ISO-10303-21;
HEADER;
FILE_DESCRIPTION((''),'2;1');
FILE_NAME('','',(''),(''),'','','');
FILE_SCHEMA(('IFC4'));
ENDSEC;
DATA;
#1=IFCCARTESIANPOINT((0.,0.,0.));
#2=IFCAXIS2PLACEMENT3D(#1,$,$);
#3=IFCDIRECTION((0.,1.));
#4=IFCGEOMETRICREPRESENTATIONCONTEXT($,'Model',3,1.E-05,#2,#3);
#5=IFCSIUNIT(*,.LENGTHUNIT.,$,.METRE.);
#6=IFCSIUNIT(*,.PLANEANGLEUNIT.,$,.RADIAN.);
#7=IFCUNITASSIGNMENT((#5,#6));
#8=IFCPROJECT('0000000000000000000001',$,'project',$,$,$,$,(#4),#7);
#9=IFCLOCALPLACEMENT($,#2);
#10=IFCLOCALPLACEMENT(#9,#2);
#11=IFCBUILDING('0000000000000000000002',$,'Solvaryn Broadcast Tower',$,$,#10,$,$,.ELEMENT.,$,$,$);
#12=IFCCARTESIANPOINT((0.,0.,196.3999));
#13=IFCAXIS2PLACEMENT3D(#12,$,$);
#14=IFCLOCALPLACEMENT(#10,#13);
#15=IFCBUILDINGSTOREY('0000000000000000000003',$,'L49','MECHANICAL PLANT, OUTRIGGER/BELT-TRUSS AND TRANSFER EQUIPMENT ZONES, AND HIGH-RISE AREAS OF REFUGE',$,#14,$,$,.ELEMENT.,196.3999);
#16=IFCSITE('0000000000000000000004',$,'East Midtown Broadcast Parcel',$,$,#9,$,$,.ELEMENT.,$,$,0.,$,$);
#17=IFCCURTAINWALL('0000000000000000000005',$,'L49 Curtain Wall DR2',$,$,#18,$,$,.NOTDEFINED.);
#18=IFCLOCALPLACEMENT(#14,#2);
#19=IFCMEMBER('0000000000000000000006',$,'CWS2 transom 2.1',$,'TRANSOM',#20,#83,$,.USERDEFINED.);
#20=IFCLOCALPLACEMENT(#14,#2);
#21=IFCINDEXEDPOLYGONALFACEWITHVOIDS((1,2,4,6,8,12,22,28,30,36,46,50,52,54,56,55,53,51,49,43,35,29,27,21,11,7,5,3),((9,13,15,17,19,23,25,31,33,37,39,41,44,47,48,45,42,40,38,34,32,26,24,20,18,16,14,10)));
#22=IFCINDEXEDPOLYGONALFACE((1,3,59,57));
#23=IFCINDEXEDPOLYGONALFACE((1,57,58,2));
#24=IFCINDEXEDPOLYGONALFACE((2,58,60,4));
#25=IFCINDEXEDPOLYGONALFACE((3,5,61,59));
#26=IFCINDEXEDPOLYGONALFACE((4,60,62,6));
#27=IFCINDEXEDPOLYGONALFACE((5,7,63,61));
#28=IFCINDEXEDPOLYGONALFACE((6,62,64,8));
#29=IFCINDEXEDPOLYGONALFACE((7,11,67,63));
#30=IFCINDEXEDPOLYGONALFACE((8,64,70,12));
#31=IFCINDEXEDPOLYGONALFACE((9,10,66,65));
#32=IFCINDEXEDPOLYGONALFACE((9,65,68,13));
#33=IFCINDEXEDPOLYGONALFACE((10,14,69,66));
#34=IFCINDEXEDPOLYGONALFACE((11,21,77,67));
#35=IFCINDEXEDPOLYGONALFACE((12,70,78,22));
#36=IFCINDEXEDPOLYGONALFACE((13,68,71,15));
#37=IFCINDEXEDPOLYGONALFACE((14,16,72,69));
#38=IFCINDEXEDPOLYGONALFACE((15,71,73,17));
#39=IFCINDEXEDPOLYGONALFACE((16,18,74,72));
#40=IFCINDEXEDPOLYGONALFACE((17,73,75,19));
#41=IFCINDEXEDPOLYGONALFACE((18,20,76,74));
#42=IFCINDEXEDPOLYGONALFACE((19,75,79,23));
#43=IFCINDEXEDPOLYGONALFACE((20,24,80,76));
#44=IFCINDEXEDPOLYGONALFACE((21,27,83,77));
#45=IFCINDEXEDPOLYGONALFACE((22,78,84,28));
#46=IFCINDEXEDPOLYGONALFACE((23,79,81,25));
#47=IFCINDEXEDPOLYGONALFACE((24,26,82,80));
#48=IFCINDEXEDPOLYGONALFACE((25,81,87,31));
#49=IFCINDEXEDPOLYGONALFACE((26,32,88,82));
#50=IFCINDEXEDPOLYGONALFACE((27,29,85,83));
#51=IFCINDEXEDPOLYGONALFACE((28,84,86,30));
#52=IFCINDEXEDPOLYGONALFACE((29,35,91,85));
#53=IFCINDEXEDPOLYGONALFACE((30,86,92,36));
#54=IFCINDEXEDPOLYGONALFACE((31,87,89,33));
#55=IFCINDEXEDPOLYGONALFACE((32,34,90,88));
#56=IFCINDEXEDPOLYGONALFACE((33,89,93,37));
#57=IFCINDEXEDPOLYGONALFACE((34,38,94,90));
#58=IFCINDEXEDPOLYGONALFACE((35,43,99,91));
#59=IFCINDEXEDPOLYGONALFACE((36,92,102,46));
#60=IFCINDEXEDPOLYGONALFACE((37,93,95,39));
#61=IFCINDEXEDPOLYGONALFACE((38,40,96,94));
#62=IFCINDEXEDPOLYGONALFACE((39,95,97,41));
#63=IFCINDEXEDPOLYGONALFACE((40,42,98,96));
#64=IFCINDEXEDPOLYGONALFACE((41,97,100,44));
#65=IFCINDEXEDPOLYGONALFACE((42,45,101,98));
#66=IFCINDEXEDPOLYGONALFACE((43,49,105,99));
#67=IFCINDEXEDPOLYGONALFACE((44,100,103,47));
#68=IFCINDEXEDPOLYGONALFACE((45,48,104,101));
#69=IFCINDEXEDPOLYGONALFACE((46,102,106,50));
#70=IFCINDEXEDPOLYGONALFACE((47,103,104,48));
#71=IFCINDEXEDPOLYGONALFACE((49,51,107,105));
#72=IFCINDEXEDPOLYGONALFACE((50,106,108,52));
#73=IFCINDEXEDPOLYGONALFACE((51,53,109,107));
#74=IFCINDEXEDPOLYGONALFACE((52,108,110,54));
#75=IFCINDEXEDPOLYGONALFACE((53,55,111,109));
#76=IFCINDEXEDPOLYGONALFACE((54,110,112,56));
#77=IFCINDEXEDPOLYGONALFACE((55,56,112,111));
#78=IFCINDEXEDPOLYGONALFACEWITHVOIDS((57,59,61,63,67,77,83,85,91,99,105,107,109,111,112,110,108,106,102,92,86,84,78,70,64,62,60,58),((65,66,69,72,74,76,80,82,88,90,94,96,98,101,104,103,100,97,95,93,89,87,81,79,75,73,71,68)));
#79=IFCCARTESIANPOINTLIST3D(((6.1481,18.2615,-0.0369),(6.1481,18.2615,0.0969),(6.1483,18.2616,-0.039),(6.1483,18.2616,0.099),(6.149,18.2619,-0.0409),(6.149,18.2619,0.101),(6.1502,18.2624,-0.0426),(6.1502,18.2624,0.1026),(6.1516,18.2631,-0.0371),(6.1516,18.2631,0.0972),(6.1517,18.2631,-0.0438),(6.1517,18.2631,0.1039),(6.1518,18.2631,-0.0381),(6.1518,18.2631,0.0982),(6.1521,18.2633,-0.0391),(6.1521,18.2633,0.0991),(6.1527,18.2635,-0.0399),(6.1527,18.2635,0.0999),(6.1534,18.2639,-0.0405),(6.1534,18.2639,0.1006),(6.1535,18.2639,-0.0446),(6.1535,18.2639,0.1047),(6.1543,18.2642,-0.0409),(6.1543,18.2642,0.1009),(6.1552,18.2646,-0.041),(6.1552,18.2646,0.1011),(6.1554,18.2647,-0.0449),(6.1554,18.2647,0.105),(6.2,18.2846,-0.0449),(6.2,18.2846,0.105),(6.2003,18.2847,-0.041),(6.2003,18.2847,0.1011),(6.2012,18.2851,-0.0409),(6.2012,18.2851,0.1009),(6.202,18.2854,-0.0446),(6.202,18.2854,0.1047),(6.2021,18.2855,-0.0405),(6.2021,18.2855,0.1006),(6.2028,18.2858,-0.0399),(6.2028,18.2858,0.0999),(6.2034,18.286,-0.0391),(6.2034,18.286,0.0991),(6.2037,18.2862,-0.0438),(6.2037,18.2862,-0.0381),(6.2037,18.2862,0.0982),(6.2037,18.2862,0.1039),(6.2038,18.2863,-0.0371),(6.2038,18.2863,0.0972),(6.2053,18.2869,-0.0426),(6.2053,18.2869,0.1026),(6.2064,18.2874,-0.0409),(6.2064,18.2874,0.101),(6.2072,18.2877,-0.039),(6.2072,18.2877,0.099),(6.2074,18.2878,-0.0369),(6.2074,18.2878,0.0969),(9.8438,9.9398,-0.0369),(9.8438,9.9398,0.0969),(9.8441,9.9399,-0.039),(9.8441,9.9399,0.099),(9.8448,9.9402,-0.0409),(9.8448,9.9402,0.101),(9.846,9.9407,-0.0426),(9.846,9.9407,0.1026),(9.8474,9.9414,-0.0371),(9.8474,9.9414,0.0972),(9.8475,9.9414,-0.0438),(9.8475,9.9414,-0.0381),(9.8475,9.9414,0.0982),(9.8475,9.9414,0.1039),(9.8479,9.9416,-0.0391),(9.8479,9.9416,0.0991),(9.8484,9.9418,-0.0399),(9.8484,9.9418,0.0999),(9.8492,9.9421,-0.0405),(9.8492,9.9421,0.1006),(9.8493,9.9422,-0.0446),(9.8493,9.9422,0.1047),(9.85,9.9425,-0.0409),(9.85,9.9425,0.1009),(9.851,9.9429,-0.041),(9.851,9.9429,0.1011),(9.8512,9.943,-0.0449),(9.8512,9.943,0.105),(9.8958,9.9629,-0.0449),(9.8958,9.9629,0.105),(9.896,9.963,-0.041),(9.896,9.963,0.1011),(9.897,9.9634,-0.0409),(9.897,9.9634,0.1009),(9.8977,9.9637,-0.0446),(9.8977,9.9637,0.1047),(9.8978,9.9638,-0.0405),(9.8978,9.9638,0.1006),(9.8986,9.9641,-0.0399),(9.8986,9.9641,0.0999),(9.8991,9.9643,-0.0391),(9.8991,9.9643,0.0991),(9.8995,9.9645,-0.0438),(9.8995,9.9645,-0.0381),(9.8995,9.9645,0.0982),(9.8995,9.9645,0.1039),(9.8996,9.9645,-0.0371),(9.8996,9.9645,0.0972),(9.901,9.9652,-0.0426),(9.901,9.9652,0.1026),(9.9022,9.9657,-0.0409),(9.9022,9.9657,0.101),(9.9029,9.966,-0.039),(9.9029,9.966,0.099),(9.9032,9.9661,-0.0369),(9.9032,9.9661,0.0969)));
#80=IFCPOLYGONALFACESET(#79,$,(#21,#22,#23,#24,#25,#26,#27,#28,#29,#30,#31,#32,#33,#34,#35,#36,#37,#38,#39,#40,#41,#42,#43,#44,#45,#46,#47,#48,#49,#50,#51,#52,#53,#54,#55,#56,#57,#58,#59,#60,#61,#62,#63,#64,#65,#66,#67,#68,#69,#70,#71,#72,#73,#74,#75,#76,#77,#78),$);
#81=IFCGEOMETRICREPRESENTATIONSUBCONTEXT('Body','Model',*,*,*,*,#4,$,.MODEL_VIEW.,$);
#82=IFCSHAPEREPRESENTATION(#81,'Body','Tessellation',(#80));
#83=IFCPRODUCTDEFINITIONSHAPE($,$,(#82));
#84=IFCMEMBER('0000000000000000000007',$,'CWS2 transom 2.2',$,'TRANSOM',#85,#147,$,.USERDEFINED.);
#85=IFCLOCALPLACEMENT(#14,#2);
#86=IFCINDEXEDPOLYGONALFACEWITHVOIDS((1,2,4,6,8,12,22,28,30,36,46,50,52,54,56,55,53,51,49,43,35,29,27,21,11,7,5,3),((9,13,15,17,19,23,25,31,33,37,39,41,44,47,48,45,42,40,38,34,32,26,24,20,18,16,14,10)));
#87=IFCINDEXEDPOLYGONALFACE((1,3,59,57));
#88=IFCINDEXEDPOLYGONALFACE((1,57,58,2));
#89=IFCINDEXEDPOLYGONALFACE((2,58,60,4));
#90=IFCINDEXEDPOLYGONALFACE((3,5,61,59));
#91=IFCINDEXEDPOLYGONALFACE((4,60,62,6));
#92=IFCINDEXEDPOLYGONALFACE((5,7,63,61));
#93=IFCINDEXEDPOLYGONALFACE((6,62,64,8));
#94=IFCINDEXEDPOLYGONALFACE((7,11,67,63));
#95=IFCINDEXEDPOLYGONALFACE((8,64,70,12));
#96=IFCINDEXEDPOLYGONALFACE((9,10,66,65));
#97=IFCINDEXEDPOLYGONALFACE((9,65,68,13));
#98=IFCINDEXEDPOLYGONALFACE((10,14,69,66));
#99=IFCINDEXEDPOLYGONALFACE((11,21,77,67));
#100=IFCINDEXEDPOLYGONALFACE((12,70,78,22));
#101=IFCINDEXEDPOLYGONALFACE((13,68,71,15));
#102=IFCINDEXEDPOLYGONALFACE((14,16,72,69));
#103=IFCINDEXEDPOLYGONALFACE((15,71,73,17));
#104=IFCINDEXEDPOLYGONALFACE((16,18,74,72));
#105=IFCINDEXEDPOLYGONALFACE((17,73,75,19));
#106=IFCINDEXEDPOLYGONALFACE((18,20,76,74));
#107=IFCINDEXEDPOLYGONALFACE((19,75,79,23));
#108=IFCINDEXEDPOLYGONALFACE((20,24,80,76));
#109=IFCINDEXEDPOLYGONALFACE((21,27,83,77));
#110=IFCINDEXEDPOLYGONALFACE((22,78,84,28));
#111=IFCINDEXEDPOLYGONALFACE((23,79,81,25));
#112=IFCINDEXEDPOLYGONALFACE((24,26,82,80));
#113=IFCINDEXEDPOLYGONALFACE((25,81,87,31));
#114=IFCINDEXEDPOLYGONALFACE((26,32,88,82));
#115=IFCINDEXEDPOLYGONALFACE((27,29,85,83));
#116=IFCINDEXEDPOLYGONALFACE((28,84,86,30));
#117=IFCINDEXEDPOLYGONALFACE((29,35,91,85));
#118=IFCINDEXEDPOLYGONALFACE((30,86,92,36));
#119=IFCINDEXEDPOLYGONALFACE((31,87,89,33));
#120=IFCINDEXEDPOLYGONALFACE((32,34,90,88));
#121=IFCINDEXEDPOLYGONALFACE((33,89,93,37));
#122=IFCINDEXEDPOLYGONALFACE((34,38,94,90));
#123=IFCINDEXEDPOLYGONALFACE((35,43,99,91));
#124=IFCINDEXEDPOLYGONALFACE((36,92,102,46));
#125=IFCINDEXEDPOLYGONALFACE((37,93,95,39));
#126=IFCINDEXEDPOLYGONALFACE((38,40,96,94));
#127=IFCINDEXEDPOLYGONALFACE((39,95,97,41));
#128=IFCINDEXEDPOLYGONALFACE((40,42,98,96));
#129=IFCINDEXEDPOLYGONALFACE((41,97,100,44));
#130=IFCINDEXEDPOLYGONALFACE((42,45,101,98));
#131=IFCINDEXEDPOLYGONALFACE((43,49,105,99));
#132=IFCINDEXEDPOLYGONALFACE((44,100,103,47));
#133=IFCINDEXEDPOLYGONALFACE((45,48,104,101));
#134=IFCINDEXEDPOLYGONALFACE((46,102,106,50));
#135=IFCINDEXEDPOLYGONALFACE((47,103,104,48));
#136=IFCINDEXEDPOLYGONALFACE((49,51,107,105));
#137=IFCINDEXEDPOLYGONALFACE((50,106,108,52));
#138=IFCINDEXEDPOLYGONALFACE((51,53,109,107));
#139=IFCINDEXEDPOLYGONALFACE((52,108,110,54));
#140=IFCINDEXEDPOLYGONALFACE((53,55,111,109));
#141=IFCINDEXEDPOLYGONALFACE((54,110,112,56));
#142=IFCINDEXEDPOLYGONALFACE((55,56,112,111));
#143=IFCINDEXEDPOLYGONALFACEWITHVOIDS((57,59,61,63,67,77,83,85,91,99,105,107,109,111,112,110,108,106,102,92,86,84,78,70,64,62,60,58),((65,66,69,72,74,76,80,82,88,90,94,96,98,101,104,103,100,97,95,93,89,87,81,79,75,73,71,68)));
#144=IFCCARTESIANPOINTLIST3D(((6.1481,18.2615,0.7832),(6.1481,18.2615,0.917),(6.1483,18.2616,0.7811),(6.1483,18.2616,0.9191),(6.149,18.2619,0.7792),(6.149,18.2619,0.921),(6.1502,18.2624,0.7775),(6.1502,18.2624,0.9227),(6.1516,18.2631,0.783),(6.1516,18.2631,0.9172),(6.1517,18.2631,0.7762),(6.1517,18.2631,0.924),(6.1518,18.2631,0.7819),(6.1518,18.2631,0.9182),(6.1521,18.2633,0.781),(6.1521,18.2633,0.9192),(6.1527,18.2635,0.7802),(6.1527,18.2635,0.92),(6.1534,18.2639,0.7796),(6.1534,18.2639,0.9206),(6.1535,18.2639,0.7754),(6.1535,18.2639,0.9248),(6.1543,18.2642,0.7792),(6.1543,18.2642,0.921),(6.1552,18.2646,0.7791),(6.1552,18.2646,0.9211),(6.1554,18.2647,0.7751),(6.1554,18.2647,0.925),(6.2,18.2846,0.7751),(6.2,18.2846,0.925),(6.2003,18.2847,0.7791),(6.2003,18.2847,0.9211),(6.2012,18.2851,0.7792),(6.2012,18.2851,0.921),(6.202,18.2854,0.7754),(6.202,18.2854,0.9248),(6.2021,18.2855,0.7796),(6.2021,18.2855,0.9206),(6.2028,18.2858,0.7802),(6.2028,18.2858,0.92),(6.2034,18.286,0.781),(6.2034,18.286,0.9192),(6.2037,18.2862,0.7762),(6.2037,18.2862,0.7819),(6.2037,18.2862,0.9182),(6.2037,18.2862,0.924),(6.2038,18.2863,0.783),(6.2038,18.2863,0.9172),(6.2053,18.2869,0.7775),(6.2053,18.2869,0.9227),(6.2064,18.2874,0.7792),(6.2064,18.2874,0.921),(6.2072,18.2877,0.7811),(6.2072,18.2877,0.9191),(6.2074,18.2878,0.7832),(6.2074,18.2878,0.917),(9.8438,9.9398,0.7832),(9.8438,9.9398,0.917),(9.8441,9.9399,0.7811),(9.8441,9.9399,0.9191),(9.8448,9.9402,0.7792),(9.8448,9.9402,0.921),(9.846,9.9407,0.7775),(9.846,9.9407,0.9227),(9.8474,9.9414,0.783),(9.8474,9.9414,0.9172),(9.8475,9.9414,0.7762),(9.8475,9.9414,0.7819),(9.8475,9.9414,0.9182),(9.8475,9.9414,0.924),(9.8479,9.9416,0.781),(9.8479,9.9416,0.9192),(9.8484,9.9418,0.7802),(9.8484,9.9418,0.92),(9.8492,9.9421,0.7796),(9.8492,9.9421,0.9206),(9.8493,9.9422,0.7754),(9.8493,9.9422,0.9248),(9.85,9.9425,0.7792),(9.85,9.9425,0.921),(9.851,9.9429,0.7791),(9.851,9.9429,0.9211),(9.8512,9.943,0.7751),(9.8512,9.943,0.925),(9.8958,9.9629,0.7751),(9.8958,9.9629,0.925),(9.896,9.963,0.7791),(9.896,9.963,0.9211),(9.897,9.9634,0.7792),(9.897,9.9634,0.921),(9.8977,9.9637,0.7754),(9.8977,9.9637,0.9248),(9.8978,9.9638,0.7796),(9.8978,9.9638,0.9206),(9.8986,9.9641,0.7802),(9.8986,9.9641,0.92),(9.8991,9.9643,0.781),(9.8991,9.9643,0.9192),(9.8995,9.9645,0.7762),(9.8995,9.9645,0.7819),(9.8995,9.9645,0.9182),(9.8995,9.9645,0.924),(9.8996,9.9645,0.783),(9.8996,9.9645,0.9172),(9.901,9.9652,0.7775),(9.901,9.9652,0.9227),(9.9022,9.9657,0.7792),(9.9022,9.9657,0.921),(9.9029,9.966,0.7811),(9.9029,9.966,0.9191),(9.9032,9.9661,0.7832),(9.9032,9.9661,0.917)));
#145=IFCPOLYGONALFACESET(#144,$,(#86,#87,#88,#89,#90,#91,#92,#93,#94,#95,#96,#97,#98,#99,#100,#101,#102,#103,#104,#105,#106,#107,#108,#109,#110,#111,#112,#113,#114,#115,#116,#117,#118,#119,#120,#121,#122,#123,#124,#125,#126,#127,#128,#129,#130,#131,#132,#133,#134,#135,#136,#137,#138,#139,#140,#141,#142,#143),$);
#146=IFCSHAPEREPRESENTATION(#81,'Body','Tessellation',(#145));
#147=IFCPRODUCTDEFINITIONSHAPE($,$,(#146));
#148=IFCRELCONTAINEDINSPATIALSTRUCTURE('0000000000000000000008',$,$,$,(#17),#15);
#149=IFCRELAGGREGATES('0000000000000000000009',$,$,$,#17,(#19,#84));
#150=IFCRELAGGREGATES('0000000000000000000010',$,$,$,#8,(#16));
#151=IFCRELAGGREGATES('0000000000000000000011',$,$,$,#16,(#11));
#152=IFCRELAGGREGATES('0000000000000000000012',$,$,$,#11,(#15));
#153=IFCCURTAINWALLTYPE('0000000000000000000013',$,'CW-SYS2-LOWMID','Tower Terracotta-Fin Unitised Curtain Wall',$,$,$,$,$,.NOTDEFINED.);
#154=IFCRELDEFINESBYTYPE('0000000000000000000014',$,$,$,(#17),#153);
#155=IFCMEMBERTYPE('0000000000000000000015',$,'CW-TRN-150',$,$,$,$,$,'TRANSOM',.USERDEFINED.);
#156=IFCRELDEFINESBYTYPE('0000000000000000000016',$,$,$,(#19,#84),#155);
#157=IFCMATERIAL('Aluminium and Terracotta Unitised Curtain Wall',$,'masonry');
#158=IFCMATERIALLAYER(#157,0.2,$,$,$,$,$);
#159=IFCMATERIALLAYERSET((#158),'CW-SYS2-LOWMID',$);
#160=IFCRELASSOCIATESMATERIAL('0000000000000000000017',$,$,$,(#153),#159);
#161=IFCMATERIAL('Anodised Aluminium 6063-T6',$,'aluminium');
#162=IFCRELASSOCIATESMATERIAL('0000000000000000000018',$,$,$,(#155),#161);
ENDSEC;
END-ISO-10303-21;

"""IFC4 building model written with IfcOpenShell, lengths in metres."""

from ifc_helpers import new_model, si_unit, direction, frame, origin, origin_2d, place, context, subcontext, project, spatial, hollow_rectangle, extrude, material, layer, layer_set, material_profile, profile_set, type_object, element, aggregate, save


model = new_model("IFC4")

# Units and contexts
model_context = context("Model", 3, precision=1e-05, world=origin(), true_north=direction((0.0, 1.0)))
body_context = subcontext(model_context, "Body", "Model", "MODEL_VIEW")
ifc_project = project(units=[si_unit("LENGTHUNIT", "METRE"), si_unit("PLANEANGLEUNIT", "RADIAN")], contexts=[model_context])

# Site, building, storey
site_placement = place(None, origin())
site = spatial("IfcSite", under=ifc_project, at=site_placement, Name="East Midtown Broadcast Parcel", CompositionType="ELEMENT", RefElevation=0.0)
building_placement = place(site_placement, origin())
building = spatial("IfcBuilding", under=site, at=building_placement, Name="Solvaryn Broadcast Tower", CompositionType="ELEMENT")
storey_placement = place(building_placement, frame((0.0, 0.0, 196.3999)))
storey = spatial("IfcBuildingStorey", under=building, at=storey_placement, Name="L49", Description="MECHANICAL PLANT, OUTRIGGER/BELT-TRUSS AND TRANSFER EQUIPMENT ZONES, AND HIGH-RISE AREAS OF REFUGE", CompositionType="ELEMENT", Elevation=196.3999)

# Shared definitions
ifc_material_1 = material(Name="Aluminium and Terracotta Unitised Curtain Wall", Category="masonry")
ifc_layer_1 = layer(ifc_material_1, 0.2)
ifc_layer_set_1 = layer_set([ifc_layer_1], Name="CW-SYS2-LOWMID")
curtain_wall_type = type_object("IfcCurtainWallType", Name="CW-SYS2-LOWMID", Description="Tower Terracotta-Fin Unitised Curtain Wall", PredefinedType="NOTDEFINED", material=ifc_layer_set_1)

# Curtain wall, members
curtain_wall_1_placement = place(storey_placement, origin())
curtain_wall_1 = element("IfcCurtainWall", 1, at=curtain_wall_1_placement, inside=storey, type_object=curtain_wall_type, Name="L49 Curtain Wall DR2", PredefinedType="NOTDEFINED")
ifc_material_2 = material(Name="Anodised Aluminium 6063-T6", Category="aluminium")
ifc_material_profile_1 = material_profile(ifc_material_2, hollow_rectangle(XDim=0.0649, YDim=0.1499, WallThickness=0.0039, InnerFilletRadius=0.0039, OuterFilletRadius=0.0081, at=origin_2d()))
ifc_profile_set_1 = profile_set([ifc_material_profile_1], Name="Anodised Aluminium 6063-T6")
member_type_1 = type_object("IfcMemberType", Name="CW-TRN-150", ElementType="TRANSOM", PredefinedType="USERDEFINED", material=ifc_profile_set_1)
member_1_placement = place(storey_placement, frame((6.1777, 18.2747, 0.03), z_axis=(0.405885, -0.913924, 0.0), x_axis=(0.913924, 0.405885, 0.0)))
member_1 = element("IfcMember", 2, at=member_1_placement, type_object=member_type_1, Name="CWS2 transom 2.1", ObjectType="TRANSOM", PredefinedType="USERDEFINED", context=body_context, shape_type="SweptSolid", body=[
    extrude(hollow_rectangle(XDim=0.0649, YDim=0.1499, WallThickness=0.0039, InnerFilletRadius=0.0039, OuterFilletRadius=0.0081, at=origin_2d()), origin(), (0.0, 0.0, 1.0), 9.1055),
])
member_2_placement = place(storey_placement, frame((6.1777, 18.2747, 0.8501), z_axis=(0.405885, -0.913924, 0.0), x_axis=(0.913924, 0.405885, 0.0)))
member_2 = element("IfcMember", 3, at=member_2_placement, type_object=member_type_1, Name="CWS2 transom 2.2", ObjectType="TRANSOM", PredefinedType="USERDEFINED", context=body_context, shape_type="SweptSolid", body=[
    extrude(hollow_rectangle(XDim=0.0649, YDim=0.1499, WallThickness=0.0039, InnerFilletRadius=0.0039, OuterFilletRadius=0.0081, at=origin_2d()), origin(), (0.0, 0.0, 1.0), 9.1055),
])

aggregate(curtain_wall_1, [member_1, member_2])

save(model, "model.ifc")
